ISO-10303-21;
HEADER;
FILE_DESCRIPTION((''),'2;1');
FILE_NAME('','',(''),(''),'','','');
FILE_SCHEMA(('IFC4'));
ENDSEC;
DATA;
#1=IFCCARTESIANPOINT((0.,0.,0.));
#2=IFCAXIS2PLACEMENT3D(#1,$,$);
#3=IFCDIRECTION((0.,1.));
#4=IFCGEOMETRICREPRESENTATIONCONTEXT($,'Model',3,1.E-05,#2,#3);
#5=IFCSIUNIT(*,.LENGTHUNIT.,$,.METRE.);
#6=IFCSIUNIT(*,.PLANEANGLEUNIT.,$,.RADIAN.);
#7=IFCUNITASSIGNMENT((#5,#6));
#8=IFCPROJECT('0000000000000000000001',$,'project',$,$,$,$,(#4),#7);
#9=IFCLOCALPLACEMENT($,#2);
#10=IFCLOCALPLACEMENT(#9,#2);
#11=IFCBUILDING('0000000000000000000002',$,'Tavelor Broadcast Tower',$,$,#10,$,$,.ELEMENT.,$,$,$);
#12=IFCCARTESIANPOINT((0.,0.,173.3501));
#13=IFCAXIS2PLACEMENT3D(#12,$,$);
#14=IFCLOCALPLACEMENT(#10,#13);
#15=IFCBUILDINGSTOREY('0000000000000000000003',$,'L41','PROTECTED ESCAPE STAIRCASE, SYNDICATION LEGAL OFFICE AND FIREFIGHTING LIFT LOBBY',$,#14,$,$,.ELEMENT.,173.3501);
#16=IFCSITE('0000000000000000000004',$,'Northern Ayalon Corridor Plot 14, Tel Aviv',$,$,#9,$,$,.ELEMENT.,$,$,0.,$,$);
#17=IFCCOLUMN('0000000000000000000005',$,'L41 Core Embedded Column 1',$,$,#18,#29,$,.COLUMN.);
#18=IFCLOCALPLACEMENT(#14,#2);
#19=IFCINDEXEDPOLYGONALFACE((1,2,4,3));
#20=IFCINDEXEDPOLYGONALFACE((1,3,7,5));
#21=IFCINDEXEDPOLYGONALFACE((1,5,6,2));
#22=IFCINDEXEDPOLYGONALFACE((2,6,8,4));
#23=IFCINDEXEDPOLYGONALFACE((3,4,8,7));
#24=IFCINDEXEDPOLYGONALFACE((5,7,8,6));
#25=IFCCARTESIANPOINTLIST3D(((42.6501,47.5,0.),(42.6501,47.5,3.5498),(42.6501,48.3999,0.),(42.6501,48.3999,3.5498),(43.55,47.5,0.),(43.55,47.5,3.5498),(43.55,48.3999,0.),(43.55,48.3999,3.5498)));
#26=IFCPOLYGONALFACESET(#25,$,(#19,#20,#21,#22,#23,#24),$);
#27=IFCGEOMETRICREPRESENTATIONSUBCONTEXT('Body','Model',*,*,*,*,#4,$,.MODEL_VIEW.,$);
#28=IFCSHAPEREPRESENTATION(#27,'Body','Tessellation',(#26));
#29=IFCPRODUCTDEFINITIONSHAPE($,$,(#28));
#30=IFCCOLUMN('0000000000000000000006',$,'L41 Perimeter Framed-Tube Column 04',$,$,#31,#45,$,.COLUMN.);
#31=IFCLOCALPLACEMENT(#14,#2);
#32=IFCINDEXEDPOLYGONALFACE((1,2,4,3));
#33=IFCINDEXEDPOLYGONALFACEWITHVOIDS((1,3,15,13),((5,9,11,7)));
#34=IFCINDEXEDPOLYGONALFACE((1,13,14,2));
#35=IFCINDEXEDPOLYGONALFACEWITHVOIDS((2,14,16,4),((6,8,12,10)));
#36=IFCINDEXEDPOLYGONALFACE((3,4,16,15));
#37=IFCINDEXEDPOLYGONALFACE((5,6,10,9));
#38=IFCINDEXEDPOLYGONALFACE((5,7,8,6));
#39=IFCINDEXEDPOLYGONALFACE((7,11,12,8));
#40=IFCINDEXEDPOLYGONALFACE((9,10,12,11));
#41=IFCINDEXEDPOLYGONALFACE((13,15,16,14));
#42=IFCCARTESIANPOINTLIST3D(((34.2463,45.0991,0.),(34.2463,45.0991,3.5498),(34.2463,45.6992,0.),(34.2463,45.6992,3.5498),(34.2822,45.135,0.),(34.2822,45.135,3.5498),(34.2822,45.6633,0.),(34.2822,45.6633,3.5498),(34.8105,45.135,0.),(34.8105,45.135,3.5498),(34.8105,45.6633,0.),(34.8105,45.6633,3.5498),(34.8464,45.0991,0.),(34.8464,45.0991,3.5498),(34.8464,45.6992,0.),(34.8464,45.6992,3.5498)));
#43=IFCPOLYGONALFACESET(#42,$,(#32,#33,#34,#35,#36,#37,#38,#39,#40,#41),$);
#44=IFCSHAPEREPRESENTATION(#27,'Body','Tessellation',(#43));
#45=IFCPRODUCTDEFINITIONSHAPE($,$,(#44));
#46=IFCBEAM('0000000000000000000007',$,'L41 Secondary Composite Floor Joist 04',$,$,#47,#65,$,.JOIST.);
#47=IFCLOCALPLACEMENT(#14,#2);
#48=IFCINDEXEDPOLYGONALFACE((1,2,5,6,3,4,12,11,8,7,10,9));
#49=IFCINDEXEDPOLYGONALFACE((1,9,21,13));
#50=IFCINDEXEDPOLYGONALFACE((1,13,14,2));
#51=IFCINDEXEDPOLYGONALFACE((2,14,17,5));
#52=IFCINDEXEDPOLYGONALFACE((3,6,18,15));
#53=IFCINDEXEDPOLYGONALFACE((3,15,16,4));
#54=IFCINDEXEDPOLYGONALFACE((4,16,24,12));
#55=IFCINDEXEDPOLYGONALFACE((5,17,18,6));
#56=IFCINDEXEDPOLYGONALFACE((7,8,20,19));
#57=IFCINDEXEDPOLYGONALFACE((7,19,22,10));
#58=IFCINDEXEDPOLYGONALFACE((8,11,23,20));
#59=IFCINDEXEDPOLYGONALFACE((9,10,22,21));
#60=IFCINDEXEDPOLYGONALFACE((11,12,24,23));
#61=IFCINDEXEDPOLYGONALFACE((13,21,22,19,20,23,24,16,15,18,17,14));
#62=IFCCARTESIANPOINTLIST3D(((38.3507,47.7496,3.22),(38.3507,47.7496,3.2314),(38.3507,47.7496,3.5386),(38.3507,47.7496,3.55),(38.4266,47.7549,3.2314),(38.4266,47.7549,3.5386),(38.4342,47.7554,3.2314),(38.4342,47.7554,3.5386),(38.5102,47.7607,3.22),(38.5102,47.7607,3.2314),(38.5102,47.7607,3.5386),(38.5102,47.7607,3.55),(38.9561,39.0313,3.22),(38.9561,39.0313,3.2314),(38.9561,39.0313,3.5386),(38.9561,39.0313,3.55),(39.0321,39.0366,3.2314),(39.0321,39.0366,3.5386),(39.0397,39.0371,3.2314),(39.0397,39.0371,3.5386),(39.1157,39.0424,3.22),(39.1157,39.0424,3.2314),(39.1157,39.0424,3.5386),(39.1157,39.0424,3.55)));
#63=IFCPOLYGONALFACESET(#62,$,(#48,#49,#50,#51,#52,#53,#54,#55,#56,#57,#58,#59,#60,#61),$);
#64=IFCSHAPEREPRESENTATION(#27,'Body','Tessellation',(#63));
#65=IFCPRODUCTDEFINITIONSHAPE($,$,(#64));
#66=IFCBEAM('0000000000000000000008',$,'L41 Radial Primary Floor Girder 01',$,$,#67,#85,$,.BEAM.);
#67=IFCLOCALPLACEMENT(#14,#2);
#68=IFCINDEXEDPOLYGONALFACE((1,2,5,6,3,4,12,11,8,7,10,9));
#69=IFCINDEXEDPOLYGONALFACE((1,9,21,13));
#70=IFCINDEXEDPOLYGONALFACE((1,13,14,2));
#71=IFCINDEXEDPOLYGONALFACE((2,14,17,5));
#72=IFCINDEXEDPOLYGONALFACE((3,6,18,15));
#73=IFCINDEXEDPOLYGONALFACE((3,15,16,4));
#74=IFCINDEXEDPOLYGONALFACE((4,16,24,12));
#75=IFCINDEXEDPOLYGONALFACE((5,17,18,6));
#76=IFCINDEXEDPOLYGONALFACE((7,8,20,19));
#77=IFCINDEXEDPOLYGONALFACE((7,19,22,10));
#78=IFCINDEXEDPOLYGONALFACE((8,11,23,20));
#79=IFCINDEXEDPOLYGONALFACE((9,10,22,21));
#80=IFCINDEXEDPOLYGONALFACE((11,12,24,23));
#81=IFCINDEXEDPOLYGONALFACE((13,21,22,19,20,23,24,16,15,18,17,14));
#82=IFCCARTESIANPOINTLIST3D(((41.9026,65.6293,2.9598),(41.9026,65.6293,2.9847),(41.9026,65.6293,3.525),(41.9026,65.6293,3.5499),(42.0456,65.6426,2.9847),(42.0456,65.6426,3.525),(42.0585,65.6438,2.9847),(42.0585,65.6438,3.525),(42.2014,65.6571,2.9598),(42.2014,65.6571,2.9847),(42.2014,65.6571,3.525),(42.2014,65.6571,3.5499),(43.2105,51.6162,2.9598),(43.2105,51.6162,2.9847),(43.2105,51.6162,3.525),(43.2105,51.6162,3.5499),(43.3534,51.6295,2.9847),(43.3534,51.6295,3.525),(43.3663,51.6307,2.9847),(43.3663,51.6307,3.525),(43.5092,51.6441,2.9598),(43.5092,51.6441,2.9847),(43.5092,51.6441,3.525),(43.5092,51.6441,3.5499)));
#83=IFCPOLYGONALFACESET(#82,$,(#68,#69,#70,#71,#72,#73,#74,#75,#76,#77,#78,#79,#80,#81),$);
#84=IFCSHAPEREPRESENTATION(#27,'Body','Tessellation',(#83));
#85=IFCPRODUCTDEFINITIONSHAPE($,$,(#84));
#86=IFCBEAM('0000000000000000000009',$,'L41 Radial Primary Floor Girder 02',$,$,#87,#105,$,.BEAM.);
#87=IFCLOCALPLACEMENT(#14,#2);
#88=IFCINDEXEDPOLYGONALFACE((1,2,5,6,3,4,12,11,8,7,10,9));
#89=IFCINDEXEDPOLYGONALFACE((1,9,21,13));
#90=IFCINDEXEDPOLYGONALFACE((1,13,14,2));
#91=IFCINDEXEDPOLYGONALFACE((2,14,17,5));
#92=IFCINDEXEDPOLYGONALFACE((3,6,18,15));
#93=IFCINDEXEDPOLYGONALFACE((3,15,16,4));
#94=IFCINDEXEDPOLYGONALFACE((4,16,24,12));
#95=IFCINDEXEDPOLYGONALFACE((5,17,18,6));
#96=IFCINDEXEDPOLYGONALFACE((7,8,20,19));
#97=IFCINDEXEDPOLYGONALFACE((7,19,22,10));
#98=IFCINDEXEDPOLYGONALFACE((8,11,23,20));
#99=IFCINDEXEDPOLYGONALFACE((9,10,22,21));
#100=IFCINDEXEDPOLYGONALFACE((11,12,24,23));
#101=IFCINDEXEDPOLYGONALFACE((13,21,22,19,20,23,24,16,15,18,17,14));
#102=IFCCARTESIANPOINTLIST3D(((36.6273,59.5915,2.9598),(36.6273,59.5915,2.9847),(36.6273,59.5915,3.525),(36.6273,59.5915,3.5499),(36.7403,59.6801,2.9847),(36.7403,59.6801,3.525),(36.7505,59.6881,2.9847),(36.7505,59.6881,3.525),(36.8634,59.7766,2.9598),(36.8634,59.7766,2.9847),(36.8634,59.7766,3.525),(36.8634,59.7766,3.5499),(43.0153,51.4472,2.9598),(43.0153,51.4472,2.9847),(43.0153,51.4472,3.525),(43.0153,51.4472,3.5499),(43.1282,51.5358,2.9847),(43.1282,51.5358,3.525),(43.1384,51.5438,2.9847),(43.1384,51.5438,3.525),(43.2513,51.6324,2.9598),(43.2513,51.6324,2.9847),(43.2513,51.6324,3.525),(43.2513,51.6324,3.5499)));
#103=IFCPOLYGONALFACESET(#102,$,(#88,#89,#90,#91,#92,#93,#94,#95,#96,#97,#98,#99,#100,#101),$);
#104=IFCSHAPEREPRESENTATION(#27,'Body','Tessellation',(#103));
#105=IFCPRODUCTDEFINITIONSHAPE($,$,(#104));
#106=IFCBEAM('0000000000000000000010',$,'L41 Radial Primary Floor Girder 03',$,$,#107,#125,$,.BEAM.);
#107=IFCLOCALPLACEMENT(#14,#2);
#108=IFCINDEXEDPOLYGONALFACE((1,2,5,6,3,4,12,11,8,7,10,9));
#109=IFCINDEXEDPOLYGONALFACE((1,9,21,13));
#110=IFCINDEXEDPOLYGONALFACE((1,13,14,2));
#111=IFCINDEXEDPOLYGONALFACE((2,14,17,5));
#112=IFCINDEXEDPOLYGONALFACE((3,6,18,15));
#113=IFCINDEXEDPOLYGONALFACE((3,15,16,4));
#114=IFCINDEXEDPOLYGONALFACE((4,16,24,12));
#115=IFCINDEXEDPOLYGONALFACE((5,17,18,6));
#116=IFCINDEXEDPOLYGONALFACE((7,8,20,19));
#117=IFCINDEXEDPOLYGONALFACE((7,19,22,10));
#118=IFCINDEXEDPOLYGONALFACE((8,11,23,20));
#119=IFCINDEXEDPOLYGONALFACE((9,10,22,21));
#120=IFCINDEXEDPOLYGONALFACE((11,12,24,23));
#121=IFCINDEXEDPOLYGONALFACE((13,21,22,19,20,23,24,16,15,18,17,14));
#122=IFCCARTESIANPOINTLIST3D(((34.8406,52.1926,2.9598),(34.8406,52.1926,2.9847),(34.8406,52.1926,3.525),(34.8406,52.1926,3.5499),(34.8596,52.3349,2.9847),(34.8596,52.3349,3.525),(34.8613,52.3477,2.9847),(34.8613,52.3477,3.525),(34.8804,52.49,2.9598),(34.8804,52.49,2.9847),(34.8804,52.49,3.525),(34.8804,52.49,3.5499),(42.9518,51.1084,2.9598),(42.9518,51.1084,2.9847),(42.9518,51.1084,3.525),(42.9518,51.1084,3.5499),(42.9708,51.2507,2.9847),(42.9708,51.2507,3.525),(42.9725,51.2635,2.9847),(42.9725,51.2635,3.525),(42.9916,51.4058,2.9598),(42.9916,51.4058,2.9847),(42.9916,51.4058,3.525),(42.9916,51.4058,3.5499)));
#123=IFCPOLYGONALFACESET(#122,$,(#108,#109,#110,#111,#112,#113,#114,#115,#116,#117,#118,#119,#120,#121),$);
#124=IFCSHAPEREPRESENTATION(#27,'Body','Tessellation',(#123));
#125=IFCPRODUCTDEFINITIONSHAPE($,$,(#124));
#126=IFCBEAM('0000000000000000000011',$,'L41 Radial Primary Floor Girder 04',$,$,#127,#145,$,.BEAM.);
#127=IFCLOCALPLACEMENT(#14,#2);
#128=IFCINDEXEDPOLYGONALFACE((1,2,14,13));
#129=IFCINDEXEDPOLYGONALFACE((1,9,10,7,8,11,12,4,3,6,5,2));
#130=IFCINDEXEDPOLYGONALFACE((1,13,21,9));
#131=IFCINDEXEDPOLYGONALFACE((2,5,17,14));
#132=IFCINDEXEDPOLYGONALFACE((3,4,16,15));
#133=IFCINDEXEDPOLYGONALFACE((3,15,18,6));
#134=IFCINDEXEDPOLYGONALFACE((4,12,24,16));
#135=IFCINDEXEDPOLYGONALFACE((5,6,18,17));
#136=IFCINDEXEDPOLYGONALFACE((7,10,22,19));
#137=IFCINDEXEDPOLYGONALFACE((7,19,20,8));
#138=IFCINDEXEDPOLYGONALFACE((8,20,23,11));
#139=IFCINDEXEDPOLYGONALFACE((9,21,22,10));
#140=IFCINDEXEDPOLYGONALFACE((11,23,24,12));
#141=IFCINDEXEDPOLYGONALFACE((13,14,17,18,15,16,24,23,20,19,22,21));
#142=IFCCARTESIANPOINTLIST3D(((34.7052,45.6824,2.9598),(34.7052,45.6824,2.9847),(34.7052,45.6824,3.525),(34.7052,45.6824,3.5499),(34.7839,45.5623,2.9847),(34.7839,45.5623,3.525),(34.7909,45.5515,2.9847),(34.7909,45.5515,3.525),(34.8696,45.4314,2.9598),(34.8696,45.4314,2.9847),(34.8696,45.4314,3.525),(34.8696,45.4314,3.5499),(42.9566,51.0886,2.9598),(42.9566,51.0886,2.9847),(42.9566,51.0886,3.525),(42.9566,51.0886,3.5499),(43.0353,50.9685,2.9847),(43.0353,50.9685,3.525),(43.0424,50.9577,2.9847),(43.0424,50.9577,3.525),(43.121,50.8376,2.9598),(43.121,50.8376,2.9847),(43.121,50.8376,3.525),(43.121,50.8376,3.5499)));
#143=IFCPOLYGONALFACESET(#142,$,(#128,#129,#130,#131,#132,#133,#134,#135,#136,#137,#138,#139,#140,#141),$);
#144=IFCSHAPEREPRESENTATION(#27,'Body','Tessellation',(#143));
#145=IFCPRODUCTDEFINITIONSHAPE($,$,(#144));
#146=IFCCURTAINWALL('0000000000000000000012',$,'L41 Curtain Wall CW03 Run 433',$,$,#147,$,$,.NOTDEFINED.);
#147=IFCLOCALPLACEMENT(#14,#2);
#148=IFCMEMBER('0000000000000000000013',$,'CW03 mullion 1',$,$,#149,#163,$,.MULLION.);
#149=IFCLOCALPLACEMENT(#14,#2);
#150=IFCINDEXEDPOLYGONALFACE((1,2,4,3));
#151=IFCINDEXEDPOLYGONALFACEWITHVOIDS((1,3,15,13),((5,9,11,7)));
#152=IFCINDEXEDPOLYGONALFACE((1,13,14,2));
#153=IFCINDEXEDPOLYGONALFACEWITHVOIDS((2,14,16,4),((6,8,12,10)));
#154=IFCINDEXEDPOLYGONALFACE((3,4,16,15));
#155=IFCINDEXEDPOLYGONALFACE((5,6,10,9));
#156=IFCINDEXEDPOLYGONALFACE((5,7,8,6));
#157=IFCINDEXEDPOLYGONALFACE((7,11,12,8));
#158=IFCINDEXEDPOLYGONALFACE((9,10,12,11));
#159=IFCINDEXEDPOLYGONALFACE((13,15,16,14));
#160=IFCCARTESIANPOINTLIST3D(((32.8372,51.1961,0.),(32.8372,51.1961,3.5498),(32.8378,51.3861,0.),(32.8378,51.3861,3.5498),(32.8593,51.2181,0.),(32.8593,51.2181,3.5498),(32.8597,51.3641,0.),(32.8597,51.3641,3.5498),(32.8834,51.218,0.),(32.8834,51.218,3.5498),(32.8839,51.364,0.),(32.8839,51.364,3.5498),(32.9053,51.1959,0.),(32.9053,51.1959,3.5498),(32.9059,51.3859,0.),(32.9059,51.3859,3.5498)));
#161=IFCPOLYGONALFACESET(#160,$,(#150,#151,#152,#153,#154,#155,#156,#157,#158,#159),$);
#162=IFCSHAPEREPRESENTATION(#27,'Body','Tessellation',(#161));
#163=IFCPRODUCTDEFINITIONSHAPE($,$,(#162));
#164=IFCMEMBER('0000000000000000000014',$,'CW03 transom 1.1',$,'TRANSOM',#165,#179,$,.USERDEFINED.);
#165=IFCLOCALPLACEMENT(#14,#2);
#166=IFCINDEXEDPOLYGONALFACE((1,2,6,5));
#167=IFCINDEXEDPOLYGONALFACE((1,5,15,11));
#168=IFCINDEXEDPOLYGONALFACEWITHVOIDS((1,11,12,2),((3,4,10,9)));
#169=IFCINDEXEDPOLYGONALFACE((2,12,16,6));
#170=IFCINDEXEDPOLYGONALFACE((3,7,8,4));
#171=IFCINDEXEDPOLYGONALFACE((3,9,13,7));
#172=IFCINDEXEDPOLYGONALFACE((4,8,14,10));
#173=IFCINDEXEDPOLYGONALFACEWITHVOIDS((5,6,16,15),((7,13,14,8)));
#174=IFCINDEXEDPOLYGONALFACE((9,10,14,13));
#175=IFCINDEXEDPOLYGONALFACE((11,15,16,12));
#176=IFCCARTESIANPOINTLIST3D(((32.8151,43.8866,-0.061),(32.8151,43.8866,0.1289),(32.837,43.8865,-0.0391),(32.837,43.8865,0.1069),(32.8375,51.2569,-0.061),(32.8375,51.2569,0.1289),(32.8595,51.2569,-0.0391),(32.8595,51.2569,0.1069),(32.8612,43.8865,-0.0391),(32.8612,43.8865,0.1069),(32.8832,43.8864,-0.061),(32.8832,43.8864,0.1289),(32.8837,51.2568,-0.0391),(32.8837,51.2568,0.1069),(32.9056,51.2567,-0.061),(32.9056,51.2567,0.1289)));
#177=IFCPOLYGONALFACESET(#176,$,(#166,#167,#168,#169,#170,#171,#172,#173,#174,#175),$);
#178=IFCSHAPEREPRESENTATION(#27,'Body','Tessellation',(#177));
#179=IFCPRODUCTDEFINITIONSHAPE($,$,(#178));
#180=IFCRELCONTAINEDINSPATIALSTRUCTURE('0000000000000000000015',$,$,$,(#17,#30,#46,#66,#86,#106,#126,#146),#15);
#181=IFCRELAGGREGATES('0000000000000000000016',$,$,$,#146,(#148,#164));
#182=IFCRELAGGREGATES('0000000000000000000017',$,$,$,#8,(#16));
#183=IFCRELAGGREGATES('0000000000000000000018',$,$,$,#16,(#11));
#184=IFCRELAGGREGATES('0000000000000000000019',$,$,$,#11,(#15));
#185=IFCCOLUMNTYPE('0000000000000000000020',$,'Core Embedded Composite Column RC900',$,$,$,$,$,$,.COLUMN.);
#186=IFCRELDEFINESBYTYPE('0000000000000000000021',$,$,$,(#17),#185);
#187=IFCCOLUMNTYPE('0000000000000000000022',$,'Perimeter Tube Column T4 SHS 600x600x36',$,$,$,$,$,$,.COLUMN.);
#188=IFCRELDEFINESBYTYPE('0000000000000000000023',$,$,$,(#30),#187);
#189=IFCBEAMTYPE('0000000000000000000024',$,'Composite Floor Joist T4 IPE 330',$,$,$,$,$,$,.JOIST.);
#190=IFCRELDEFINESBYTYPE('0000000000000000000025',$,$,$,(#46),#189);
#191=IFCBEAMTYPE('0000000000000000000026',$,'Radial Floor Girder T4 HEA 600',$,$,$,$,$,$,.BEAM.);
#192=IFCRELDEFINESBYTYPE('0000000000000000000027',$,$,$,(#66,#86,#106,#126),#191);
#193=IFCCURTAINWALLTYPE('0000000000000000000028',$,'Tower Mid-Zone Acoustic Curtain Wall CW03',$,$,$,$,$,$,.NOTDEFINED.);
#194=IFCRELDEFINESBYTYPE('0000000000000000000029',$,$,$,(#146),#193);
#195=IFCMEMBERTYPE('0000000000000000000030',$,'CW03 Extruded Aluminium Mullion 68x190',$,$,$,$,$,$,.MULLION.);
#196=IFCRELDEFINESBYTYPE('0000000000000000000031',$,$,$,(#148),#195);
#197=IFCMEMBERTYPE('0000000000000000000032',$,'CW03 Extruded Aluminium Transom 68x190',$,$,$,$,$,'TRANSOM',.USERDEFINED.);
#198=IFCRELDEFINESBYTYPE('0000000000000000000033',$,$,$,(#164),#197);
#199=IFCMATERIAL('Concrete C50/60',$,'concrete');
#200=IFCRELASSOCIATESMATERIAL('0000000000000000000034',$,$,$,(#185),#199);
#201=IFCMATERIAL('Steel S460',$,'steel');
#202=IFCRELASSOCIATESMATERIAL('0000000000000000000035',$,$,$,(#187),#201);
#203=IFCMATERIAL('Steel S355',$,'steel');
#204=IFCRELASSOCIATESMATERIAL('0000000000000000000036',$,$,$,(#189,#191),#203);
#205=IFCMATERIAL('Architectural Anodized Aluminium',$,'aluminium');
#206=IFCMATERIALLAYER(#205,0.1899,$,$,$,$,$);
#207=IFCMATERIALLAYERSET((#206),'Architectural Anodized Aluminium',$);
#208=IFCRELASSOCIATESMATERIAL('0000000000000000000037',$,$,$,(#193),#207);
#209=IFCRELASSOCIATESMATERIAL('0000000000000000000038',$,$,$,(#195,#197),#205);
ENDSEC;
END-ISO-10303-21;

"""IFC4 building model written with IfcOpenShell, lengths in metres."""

from ifc_helpers import new_model, si_unit, direction, frame, origin, origin_2d, place, context, subcontext, project, spatial, rectangle, hollow_rectangle, i_section, extrude, source, transform, mapped, material, layer, layer_set, material_profile, profile_set, type_object, type_shapes, element, aggregate, save


model = new_model("IFC4")

# Units and contexts
model_context = context("Model", 3, precision=1e-05, world=origin(), true_north=direction((0.0, 1.0)))
body_context = subcontext(model_context, "Body", "Model", "MODEL_VIEW")
ifc_project = project(units=[si_unit("LENGTHUNIT", "METRE"), si_unit("PLANEANGLEUNIT", "RADIAN")], contexts=[model_context])

# Site, building, storey
site_placement = place(None, origin())
site = spatial("IfcSite", under=ifc_project, at=site_placement, Name="Northern Ayalon Corridor Plot 14, Tel Aviv", CompositionType="ELEMENT", RefElevation=0.0)
building_placement = place(site_placement, origin())
building = spatial("IfcBuilding", under=site, at=building_placement, Name="Tavelor Broadcast Tower", CompositionType="ELEMENT")
storey_placement = place(building_placement, frame((0.0, 0.0, 173.3501)))
storey = spatial("IfcBuildingStorey", under=building, at=storey_placement, Name="L41", Description="PROTECTED ESCAPE STAIRCASE, SYNDICATION LEGAL OFFICE AND FIREFIGHTING LIFT LOBBY", CompositionType="ELEMENT", Elevation=173.3501)

# Columns
ifc_material_1 = material(Name="Concrete C50/60", Category="concrete")
ifc_material_profile_1 = material_profile(ifc_material_1, rectangle(XDim=0.8999, YDim=0.8999, at=origin_2d()), Name="RC 900x900")
ifc_profile_set_1 = profile_set([ifc_material_profile_1], Name="Concrete C50/60")
column_type_1 = type_object("IfcColumnType", Name="Core Embedded Composite Column RC900", PredefinedType="COLUMN", material=ifc_profile_set_1)
column_1_placement = place(storey_placement, frame((43.1001, 47.95, 0.0), z_axis=(0.0, 0.0, 1.0), x_axis=(1.0, 0.0, 0.0)))
element("IfcColumn", 1, at=column_1_placement, inside=storey, type_object=column_type_1, Name="L41 Core Embedded Column 1", PredefinedType="COLUMN", context=body_context, shape_type="SweptSolid", body=[
    extrude(rectangle(XDim=0.8999, YDim=0.8999, at=origin_2d()), origin(), (0.0, 0.0, 1.0), 3.5498),
])
ifc_material_2 = material(Name="Steel S460", Category="steel")
ifc_material_profile_2 = material_profile(ifc_material_2, hollow_rectangle(XDim=0.6001, YDim=0.6001, WallThickness=0.0359, at=origin_2d()), Name="SHS 600x600x36")
ifc_profile_set_2 = profile_set([ifc_material_profile_2], Name="Steel S460")
column_type_2 = type_object("IfcColumnType", Name="Perimeter Tube Column T4 SHS 600x600x36", PredefinedType="COLUMN", material=ifc_profile_set_2)
column_2_placement = place(storey_placement, frame((34.5464, 45.3992, 0.0), z_axis=(0.0, 0.0, 1.0), x_axis=(1.0, 0.0, 0.0)))
element("IfcColumn", 2, at=column_2_placement, inside=storey, type_object=column_type_2, Name="L41 Perimeter Framed-Tube Column 04", PredefinedType="COLUMN", context=body_context, shape_type="SweptSolid", body=[
    extrude(hollow_rectangle(XDim=0.6001, YDim=0.6001, WallThickness=0.0359, at=origin_2d()), origin(), (0.0, 0.0, 1.0), 3.5498),
])

# Beams
ifc_material_3 = material(Name="Steel S355", Category="steel")
ifc_material_profile_3 = material_profile(ifc_material_3, i_section(OverallWidth=0.1599, OverallDepth=0.3301, WebThickness=0.0076, FlangeThickness=0.0115, at=origin_2d()), Name="IPE 330")
ifc_profile_set_3 = profile_set([ifc_material_profile_3], Name="Steel S355")
beam_type_1 = type_object("IfcBeamType", Name="Composite Floor Joist T4 IPE 330", PredefinedType="JOIST", material=ifc_profile_set_3)
beam_1_placement = place(storey_placement, frame((38.4304, 47.7551, 3.385), z_axis=(0.069281, -0.997597, 0.0), x_axis=(0.997597, 0.069281, 0.0)))
element("IfcBeam", 3, at=beam_1_placement, inside=storey, type_object=beam_type_1, Name="L41 Secondary Composite Floor Joist 04", PredefinedType="JOIST", context=body_context, shape_type="SweptSolid", body=[
    extrude(i_section(OverallWidth=0.1599, OverallDepth=0.3301, WebThickness=0.0076, FlangeThickness=0.0115, at=origin_2d()), origin(), (0.0, 0.0, 1.0), 8.7393),
])
ifc_material_profile_4 = material_profile(ifc_material_3, i_section(OverallWidth=0.3, OverallDepth=0.5901, WebThickness=0.0129, FlangeThickness=0.0249, at=origin_2d()), Name="HEA 600")
ifc_profile_set_4 = profile_set([ifc_material_profile_4], Name="Steel S355")
beam_type_2 = type_object("IfcBeamType", Name="Radial Floor Girder T4 HEA 600", PredefinedType="BEAM", material=ifc_profile_set_4)
beam_2_placement = place(storey_placement, frame((43.3599, 51.6301, 3.2549), z_axis=(-0.092927, 0.995673, 0.0), x_axis=(-0.995673, -0.092927, 0.0)))
element("IfcBeam", 4, at=beam_2_placement, inside=storey, type_object=beam_type_2, Name="L41 Radial Primary Floor Girder 01", PredefinedType="BEAM", context=body_context, shape_type="SweptSolid", body=[
    extrude(i_section(OverallWidth=0.3, OverallDepth=0.5901, WebThickness=0.0129, FlangeThickness=0.0249, at=origin_2d()), origin(), (0.0, 0.0, 1.0), 14.074),
])
beam_3_placement = place(storey_placement, frame((43.1333, 51.5398, 3.2549), z_axis=(-0.617156, 0.786841, 0.0), x_axis=(-0.786841, -0.617156, 0.0)))
element("IfcBeam", 5, at=beam_3_placement, inside=storey, type_object=beam_type_2, Name="L41 Radial Primary Floor Girder 02", PredefinedType="BEAM", context=body_context, shape_type="SweptSolid", body=[
    extrude(i_section(OverallWidth=0.3, OverallDepth=0.5901, WebThickness=0.0129, FlangeThickness=0.0249, at=origin_2d()), origin(), (0.0, 0.0, 1.0), 10.3506),
])
beam_4_placement = place(storey_placement, frame((42.9717, 51.2571, 3.2549), z_axis=(-0.991184, 0.132494, 0.0), x_axis=(-0.132494, -0.991184, 0.0)))
element("IfcBeam", 6, at=beam_4_placement, inside=storey, type_object=beam_type_2, Name="L41 Radial Primary Floor Girder 03", PredefinedType="BEAM", context=body_context, shape_type="SweptSolid", body=[
    extrude(i_section(OverallWidth=0.3, OverallDepth=0.5901, WebThickness=0.0129, FlangeThickness=0.0249, at=origin_2d()), origin(), (0.0, 0.0, 1.0), 8.1833),
])
beam_5_placement = place(storey_placement, frame((43.0388, 50.9631, 3.2549), z_axis=(-0.836456, -0.548035, 0.0), x_axis=(0.548035, -0.836456, 0.0)))
element("IfcBeam", 7, at=beam_5_placement, inside=storey, type_object=beam_type_2, Name="L41 Radial Primary Floor Girder 04", PredefinedType="BEAM", context=body_context, shape_type="SweptSolid", body=[
    extrude(i_section(OverallWidth=0.3, OverallDepth=0.5901, WebThickness=0.0129, FlangeThickness=0.0249, at=origin_2d()), origin(), (0.0, 0.0, 1.0), 9.8647),
])

# Curtain wall, members
ifc_material_4 = material(Name="Architectural Anodized Aluminium", Category="aluminium")
ifc_layer_1 = layer(ifc_material_4, 0.1899)
ifc_layer_set_1 = layer_set([ifc_layer_1], Name="Architectural Anodized Aluminium")
curtain_wall_type = type_object("IfcCurtainWallType", Name="Tower Mid-Zone Acoustic Curtain Wall CW03", PredefinedType="NOTDEFINED", material=ifc_layer_set_1)
curtain_wall_placement = place(storey_placement, origin())
curtain_wall = element("IfcCurtainWall", 8, at=curtain_wall_placement, inside=storey, type_object=curtain_wall_type, Name="L41 Curtain Wall CW03 Run 433", PredefinedType="NOTDEFINED")
ifc_material_profile_5 = material_profile(ifc_material_4, hollow_rectangle(XDim=0.0681, YDim=0.1899, WallThickness=0.022, at=origin_2d()), Name="RHS 68x190x22")
ifc_profile_set_5 = profile_set([ifc_material_profile_5], Name="Architectural Anodized Aluminium")
member_type_1 = type_object("IfcMemberType", Name="CW03 Extruded Aluminium Mullion 68x190", PredefinedType="MULLION", material=ifc_profile_set_5)
shared_shape_1 = source(origin(), body_context, "Body", "SweptSolid", [
    extrude(hollow_rectangle(XDim=0.0681, YDim=0.1899, WallThickness=0.022, at=origin_2d()), origin(), (0.0, 0.0, 1.0), 3.5498),
])
type_shapes(member_type_1, [shared_shape_1])
member_1_placement = place(storey_placement, frame((32.8716, 51.291, 0.0), z_axis=(0.0, 0.0, 1.0), x_axis=(0.999995, -0.003064, 0.0)))
member_1 = element("IfcMember", 9, at=member_1_placement, type_object=member_type_1, Name="CW03 mullion 1", PredefinedType="MULLION", context=body_context, shape_type="MappedRepresentation", body=[
    mapped(shared_shape_1, transform((0.0, 0.0, 0.0), scale=1.0)),
])
ifc_material_profile_6 = material_profile(ifc_material_4, hollow_rectangle(XDim=0.0681, YDim=0.1899, WallThickness=0.022, at=origin_2d()), Name="RHS 68x190x22")
ifc_profile_set_6 = profile_set([ifc_material_profile_6], Name="Architectural Anodized Aluminium")
member_type_2 = type_object("IfcMemberType", Name="CW03 Extruded Aluminium Transom 68x190", ElementType="TRANSOM", PredefinedType="USERDEFINED", material=ifc_profile_set_6)
shared_shape_2 = source(origin(), body_context, "Body", "SweptSolid", [
    extrude(hollow_rectangle(XDim=0.0681, YDim=0.1899, WallThickness=0.022, at=origin_2d()), origin(), (0.0, 0.0, 1.0), 7.3704),
])
type_shapes(member_type_2, [shared_shape_2])
member_2_placement = place(storey_placement, frame((32.8716, 51.2568, 0.0339), z_axis=(-0.003047, -0.999995, 0.0), x_axis=(0.999995, -0.003047, 0.0)))
member_2 = element("IfcMember", 10, at=member_2_placement, type_object=member_type_2, Name="CW03 transom 1.1", ObjectType="TRANSOM", PredefinedType="USERDEFINED", context=body_context, shape_type="MappedRepresentation", body=[
    mapped(shared_shape_2, transform((0.0, 0.0, 0.0), scale=1.0)),
])

aggregate(curtain_wall, [member_1, member_2])

save(model, "model.ifc")
